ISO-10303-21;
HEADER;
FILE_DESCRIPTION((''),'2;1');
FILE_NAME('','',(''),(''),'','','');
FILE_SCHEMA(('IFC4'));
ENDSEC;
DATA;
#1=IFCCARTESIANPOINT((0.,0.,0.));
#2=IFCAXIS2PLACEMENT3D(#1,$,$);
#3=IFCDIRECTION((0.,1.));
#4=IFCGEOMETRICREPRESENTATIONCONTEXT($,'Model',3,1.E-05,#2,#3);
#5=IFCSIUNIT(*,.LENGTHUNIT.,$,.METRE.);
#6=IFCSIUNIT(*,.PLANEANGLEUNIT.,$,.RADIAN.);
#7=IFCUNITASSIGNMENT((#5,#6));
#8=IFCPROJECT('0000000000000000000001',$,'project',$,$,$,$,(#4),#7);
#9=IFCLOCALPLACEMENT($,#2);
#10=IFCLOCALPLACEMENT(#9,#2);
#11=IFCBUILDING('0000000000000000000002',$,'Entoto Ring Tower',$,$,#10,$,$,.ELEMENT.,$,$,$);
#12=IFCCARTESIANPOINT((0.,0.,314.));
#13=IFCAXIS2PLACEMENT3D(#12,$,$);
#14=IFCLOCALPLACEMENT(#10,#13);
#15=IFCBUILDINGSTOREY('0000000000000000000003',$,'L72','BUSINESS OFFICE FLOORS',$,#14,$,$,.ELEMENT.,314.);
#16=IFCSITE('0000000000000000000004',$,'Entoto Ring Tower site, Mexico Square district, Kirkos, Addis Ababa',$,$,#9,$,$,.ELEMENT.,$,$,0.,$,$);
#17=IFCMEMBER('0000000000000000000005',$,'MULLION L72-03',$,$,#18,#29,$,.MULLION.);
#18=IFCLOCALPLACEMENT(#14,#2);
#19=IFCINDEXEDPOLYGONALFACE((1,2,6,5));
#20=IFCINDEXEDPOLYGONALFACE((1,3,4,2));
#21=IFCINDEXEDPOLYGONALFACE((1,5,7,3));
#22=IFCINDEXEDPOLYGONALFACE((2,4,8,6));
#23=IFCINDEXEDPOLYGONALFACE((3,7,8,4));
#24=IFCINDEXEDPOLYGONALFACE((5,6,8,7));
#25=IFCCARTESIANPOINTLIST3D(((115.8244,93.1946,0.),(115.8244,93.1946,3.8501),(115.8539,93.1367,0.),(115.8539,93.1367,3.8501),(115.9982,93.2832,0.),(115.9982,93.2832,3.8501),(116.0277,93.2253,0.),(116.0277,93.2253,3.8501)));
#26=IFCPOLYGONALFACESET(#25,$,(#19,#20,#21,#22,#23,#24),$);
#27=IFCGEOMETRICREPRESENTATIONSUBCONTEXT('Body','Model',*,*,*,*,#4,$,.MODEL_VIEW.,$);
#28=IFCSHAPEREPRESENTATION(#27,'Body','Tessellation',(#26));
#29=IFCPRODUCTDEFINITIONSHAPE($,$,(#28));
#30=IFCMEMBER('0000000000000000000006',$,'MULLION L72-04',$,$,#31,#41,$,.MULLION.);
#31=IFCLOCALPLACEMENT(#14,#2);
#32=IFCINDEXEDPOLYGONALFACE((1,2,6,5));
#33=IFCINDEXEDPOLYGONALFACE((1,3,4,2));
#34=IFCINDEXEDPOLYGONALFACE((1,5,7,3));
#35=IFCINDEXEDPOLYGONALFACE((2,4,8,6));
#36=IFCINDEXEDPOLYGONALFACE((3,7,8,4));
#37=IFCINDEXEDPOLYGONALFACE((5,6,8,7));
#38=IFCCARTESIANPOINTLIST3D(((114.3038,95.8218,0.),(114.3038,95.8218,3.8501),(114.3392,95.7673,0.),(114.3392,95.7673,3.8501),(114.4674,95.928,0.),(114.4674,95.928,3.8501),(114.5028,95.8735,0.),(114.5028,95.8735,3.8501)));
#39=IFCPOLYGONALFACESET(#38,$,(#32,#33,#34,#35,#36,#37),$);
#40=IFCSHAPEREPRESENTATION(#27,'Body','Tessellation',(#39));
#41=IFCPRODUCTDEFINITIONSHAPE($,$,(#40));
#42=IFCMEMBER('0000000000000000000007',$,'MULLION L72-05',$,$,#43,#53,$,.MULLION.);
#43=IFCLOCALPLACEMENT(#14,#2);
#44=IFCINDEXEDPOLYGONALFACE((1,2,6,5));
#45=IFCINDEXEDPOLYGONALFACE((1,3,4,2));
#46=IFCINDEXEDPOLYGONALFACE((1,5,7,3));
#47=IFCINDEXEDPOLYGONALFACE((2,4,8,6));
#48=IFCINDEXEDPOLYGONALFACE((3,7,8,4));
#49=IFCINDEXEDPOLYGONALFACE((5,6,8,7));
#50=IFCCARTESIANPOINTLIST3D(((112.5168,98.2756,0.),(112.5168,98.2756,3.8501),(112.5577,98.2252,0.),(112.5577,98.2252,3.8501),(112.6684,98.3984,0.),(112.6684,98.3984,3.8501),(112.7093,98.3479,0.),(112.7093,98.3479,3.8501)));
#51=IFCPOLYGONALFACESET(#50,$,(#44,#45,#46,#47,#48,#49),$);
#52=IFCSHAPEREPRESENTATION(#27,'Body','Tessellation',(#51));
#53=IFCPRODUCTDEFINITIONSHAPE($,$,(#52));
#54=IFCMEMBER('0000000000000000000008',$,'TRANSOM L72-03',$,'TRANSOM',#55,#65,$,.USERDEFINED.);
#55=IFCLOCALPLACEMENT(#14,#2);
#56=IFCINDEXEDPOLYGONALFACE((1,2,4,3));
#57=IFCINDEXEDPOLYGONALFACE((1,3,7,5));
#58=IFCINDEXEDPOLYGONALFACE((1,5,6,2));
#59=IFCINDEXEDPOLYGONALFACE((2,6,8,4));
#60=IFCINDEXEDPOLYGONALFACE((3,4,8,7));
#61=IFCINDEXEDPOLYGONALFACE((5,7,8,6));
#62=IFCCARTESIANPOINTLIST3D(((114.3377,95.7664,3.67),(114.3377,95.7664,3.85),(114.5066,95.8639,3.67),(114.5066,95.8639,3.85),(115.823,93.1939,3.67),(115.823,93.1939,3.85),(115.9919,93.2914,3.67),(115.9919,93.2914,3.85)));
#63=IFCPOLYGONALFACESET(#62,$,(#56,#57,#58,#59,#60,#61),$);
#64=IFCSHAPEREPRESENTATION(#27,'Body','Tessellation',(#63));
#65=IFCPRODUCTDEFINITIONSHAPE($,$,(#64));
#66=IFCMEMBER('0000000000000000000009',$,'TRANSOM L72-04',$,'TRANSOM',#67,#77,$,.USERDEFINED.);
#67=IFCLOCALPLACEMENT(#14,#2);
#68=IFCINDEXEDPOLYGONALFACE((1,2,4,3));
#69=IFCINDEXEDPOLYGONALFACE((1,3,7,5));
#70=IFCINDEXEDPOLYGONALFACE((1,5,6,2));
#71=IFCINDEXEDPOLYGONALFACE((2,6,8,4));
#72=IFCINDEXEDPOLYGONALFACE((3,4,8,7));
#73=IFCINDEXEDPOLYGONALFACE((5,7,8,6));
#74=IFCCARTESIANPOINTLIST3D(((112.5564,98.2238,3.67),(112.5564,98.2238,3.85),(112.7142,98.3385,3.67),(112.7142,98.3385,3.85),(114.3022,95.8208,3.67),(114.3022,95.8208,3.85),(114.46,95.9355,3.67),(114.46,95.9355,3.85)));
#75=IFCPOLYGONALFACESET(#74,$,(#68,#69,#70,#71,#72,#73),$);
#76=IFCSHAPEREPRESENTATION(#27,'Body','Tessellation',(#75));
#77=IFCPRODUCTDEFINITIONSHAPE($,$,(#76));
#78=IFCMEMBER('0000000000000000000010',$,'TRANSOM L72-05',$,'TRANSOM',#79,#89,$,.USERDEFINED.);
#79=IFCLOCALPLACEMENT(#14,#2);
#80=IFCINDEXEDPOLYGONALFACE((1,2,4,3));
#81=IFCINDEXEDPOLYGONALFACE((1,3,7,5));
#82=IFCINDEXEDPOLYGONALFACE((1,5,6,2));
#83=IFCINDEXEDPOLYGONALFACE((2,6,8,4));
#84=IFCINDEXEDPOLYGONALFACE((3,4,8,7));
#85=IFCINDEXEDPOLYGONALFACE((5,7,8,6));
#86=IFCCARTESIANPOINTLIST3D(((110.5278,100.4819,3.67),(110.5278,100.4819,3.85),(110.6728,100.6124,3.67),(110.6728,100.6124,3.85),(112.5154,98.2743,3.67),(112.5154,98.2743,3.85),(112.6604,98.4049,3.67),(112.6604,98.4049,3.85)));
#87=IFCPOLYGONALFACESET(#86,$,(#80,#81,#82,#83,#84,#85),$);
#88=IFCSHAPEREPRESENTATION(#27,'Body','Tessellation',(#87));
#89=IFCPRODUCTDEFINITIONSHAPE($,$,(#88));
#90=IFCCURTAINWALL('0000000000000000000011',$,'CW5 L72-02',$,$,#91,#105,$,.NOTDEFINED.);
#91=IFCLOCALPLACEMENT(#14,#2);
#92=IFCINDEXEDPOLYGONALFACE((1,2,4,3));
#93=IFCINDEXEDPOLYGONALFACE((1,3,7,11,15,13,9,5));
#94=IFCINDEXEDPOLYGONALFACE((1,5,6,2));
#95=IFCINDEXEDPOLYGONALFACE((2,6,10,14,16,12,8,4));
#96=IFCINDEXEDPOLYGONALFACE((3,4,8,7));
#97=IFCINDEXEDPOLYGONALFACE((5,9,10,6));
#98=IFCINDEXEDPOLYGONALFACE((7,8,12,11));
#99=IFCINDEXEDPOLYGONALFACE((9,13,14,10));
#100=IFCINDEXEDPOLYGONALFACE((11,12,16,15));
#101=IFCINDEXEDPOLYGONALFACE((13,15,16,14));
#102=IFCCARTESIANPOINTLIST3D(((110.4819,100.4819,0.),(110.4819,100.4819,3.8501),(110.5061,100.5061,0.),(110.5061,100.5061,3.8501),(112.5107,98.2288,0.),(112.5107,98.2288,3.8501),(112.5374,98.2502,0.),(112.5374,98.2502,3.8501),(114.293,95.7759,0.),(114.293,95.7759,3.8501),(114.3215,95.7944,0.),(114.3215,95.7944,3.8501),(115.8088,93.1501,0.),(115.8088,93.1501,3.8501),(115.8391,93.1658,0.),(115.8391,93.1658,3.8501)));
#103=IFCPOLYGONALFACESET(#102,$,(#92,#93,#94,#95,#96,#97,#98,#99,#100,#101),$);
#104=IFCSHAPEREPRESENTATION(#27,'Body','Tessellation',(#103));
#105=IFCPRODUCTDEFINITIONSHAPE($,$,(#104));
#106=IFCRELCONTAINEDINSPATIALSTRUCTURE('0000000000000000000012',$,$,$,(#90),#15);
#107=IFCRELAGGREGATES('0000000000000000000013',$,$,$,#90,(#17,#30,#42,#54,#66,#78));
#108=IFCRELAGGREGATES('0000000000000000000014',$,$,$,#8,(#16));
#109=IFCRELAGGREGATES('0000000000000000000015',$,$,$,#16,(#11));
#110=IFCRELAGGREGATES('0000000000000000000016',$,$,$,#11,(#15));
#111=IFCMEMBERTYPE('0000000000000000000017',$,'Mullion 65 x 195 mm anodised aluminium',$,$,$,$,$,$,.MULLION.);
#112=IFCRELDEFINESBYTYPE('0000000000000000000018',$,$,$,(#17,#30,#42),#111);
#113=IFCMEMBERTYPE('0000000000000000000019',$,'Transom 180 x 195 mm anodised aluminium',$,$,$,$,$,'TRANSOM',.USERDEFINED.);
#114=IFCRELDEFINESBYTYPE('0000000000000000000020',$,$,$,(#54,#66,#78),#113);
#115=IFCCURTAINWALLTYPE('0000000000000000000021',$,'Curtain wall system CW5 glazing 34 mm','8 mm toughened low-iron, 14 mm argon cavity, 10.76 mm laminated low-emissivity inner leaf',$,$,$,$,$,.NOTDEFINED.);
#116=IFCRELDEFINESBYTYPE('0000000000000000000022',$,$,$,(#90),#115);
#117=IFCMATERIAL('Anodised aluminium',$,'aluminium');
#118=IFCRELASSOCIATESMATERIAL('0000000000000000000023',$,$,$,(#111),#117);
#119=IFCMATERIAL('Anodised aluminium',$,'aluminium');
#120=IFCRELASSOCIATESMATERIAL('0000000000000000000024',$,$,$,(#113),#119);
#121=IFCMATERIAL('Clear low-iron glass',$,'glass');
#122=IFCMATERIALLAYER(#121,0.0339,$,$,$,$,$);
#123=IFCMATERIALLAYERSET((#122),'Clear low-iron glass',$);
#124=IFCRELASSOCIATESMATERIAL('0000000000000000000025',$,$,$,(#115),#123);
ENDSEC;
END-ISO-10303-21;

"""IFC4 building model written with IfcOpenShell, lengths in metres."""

from ifc_helpers import new_model, si_unit, direction, frame, origin, origin_2d, place, context, subcontext, project, spatial, polyline, rectangle, outline, extrude, material, layer, layer_set, material_profile, profile_set, type_object, element, aggregate, save


model = new_model("IFC4")

# Units and contexts
model_context = context("Model", 3, precision=1e-05, world=origin(), true_north=direction((0.0, 1.0)))
body_context = subcontext(model_context, "Body", "Model", "MODEL_VIEW")
ifc_project = project(units=[si_unit("LENGTHUNIT", "METRE"), si_unit("PLANEANGLEUNIT", "RADIAN")], contexts=[model_context])

# Members
ifc_material_1 = material(Name="Anodised aluminium", Category="aluminium")
ifc_material_profile_1 = material_profile(ifc_material_1, rectangle(XDim=0.0649, YDim=0.1951, at=origin_2d()), Name="Mullion 65 x 195 mm anodised aluminium")
ifc_profile_set_1 = profile_set([ifc_material_profile_1], Name="Anodised aluminium")
member_type_1 = type_object("IfcMemberType", Name="Mullion 65 x 195 mm anodised aluminium", PredefinedType="MULLION", material=ifc_profile_set_1)
site_placement = place(None, origin())
building_placement = place(site_placement, origin())
storey_placement = place(building_placement, frame((0.0, 0.0, 314.0)))
member_1_placement = place(storey_placement, frame((115.926, 93.21, 0.0), z_axis=(0.0, 0.0, 1.0), x_axis=(-0.45399, 0.891007, 0.0)))
member_1 = element("IfcMember", 1, at=member_1_placement, type_object=member_type_1, Name="MULLION L72-03", PredefinedType="MULLION", context=body_context, shape_type="SweptSolid", body=[
    extrude(rectangle(XDim=0.0649, YDim=0.1951, at=origin_2d()), origin(), (0.0, 0.0, 1.0), 3.8501),
])
member_2_placement = place(storey_placement, frame((114.4033, 95.8477, 0.0), z_axis=(0.0, 0.0, 1.0), x_axis=(-0.544639, 0.838671, 0.0)))
member_2 = element("IfcMember", 2, at=member_2_placement, type_object=member_type_1, Name="MULLION L72-04", PredefinedType="MULLION", context=body_context, shape_type="SweptSolid", body=[
    extrude(rectangle(XDim=0.0649, YDim=0.1951, at=origin_2d()), origin(), (0.0, 0.0, 1.0), 3.8501),
])
member_3_placement = place(storey_placement, frame((112.613, 98.3118, 0.0), z_axis=(0.0, 0.0, 1.0), x_axis=(-0.62932, 0.777146, 0.0)))
member_3 = element("IfcMember", 3, at=member_3_placement, type_object=member_type_1, Name="MULLION L72-05", PredefinedType="MULLION", context=body_context, shape_type="SweptSolid", body=[
    extrude(rectangle(XDim=0.0649, YDim=0.1951, at=origin_2d()), origin(), (0.0, 0.0, 1.0), 3.8501),
])
ifc_material_2 = material(Name="Anodised aluminium", Category="aluminium")
ifc_material_profile_2 = material_profile(ifc_material_2, rectangle(XDim=0.1951, YDim=0.1799, at=origin_2d()), Name="Transom 180 x 195 mm anodised aluminium")
ifc_profile_set_2 = profile_set([ifc_material_profile_2], Name="Anodised aluminium")
member_type_2 = type_object("IfcMemberType", Name="Transom 180 x 195 mm anodised aluminium", ElementType="TRANSOM", PredefinedType="USERDEFINED", material=ifc_profile_set_2)
member_4_placement = place(storey_placement, frame((115.9075, 93.2427, 3.76), z_axis=(-0.500028, 0.866009, 0.0), x_axis=(-0.866009, -0.500028, 0.0)))
member_4 = element("IfcMember", 4, at=member_4_placement, type_object=member_type_2, Name="TRANSOM L72-03", ObjectType="TRANSOM", PredefinedType="USERDEFINED", context=body_context, shape_type="SweptSolid", body=[
    extrude(rectangle(XDim=0.1951, YDim=0.1799, at=origin_2d()), origin(), (0.0, 0.0, 1.0), 2.9705),
])
member_5_placement = place(storey_placement, frame((114.3811, 95.8782, 3.76), z_axis=(-0.587766, 0.809031, 0.0), x_axis=(-0.809031, -0.587766, 0.0)))
member_5 = element("IfcMember", 5, at=member_5_placement, type_object=member_type_2, Name="TRANSOM L72-04", ObjectType="TRANSOM", PredefinedType="USERDEFINED", context=body_context, shape_type="SweptSolid", body=[
    extrude(rectangle(XDim=0.1951, YDim=0.1799, at=origin_2d()), origin(), (0.0, 0.0, 1.0), 2.9702),
])
member_6_placement = place(storey_placement, frame((112.5879, 98.3396, 3.76), z_axis=(-0.66911, 0.743163, 0.0), x_axis=(-0.743163, -0.66911, 0.0)))
member_6 = element("IfcMember", 6, at=member_6_placement, type_object=member_type_2, Name="TRANSOM L72-05", ObjectType="TRANSOM", PredefinedType="USERDEFINED", context=body_context, shape_type="SweptSolid", body=[
    extrude(rectangle(XDim=0.1951, YDim=0.1799, at=origin_2d()), origin(), (0.0, 0.0, 1.0), 2.9705),
])

# Site, building, storey
site = spatial("IfcSite", under=ifc_project, at=site_placement, Name="Entoto Ring Tower site, Mexico Square district, Kirkos, Addis Ababa", CompositionType="ELEMENT", RefElevation=0.0)
building = spatial("IfcBuilding", under=site, at=building_placement, Name="Entoto Ring Tower", CompositionType="ELEMENT")
storey = spatial("IfcBuildingStorey", under=building, at=storey_placement, Name="L72", Description="BUSINESS OFFICE FLOORS", CompositionType="ELEMENT", Elevation=314.0)

# Curtain wall
ifc_material_3 = material(Name="Clear low-iron glass", Category="glass")
ifc_layer_1 = layer(ifc_material_3, 0.0339)
ifc_layer_set_1 = layer_set([ifc_layer_1], Name="Clear low-iron glass")
curtain_wall_type = type_object("IfcCurtainWallType", Name="Curtain wall system CW5 glazing 34 mm", Description="8 mm toughened low-iron, 14 mm argon cavity, 10.76 mm laminated low-emissivity inner leaf", PredefinedType="NOTDEFINED", material=ifc_layer_set_1)
curtain_wall_1_placement = place(storey_placement, origin())
curtain_wall_1 = element("IfcCurtainWall", 7, at=curtain_wall_1_placement, inside=storey, type_object=curtain_wall_type, Name="CW5 L72-02", PredefinedType="NOTDEFINED", context=body_context, shape_type="SweptSolid", body=[
    extrude(outline(polyline([(115.8391, 93.1658), (114.3215, 95.7944), (112.5374, 98.2502), (110.5061, 100.5061), (110.4819, 100.4819), (112.5107, 98.2288), (114.293, 95.7759), (115.8088, 93.1501), (115.8391, 93.1658)])), origin(), (0.0, 0.0, 1.0), 3.8501),
])
aggregate(curtain_wall_1, [member_1, member_2, member_3, member_4, member_5, member_6])

save(model, "model.ifc")
